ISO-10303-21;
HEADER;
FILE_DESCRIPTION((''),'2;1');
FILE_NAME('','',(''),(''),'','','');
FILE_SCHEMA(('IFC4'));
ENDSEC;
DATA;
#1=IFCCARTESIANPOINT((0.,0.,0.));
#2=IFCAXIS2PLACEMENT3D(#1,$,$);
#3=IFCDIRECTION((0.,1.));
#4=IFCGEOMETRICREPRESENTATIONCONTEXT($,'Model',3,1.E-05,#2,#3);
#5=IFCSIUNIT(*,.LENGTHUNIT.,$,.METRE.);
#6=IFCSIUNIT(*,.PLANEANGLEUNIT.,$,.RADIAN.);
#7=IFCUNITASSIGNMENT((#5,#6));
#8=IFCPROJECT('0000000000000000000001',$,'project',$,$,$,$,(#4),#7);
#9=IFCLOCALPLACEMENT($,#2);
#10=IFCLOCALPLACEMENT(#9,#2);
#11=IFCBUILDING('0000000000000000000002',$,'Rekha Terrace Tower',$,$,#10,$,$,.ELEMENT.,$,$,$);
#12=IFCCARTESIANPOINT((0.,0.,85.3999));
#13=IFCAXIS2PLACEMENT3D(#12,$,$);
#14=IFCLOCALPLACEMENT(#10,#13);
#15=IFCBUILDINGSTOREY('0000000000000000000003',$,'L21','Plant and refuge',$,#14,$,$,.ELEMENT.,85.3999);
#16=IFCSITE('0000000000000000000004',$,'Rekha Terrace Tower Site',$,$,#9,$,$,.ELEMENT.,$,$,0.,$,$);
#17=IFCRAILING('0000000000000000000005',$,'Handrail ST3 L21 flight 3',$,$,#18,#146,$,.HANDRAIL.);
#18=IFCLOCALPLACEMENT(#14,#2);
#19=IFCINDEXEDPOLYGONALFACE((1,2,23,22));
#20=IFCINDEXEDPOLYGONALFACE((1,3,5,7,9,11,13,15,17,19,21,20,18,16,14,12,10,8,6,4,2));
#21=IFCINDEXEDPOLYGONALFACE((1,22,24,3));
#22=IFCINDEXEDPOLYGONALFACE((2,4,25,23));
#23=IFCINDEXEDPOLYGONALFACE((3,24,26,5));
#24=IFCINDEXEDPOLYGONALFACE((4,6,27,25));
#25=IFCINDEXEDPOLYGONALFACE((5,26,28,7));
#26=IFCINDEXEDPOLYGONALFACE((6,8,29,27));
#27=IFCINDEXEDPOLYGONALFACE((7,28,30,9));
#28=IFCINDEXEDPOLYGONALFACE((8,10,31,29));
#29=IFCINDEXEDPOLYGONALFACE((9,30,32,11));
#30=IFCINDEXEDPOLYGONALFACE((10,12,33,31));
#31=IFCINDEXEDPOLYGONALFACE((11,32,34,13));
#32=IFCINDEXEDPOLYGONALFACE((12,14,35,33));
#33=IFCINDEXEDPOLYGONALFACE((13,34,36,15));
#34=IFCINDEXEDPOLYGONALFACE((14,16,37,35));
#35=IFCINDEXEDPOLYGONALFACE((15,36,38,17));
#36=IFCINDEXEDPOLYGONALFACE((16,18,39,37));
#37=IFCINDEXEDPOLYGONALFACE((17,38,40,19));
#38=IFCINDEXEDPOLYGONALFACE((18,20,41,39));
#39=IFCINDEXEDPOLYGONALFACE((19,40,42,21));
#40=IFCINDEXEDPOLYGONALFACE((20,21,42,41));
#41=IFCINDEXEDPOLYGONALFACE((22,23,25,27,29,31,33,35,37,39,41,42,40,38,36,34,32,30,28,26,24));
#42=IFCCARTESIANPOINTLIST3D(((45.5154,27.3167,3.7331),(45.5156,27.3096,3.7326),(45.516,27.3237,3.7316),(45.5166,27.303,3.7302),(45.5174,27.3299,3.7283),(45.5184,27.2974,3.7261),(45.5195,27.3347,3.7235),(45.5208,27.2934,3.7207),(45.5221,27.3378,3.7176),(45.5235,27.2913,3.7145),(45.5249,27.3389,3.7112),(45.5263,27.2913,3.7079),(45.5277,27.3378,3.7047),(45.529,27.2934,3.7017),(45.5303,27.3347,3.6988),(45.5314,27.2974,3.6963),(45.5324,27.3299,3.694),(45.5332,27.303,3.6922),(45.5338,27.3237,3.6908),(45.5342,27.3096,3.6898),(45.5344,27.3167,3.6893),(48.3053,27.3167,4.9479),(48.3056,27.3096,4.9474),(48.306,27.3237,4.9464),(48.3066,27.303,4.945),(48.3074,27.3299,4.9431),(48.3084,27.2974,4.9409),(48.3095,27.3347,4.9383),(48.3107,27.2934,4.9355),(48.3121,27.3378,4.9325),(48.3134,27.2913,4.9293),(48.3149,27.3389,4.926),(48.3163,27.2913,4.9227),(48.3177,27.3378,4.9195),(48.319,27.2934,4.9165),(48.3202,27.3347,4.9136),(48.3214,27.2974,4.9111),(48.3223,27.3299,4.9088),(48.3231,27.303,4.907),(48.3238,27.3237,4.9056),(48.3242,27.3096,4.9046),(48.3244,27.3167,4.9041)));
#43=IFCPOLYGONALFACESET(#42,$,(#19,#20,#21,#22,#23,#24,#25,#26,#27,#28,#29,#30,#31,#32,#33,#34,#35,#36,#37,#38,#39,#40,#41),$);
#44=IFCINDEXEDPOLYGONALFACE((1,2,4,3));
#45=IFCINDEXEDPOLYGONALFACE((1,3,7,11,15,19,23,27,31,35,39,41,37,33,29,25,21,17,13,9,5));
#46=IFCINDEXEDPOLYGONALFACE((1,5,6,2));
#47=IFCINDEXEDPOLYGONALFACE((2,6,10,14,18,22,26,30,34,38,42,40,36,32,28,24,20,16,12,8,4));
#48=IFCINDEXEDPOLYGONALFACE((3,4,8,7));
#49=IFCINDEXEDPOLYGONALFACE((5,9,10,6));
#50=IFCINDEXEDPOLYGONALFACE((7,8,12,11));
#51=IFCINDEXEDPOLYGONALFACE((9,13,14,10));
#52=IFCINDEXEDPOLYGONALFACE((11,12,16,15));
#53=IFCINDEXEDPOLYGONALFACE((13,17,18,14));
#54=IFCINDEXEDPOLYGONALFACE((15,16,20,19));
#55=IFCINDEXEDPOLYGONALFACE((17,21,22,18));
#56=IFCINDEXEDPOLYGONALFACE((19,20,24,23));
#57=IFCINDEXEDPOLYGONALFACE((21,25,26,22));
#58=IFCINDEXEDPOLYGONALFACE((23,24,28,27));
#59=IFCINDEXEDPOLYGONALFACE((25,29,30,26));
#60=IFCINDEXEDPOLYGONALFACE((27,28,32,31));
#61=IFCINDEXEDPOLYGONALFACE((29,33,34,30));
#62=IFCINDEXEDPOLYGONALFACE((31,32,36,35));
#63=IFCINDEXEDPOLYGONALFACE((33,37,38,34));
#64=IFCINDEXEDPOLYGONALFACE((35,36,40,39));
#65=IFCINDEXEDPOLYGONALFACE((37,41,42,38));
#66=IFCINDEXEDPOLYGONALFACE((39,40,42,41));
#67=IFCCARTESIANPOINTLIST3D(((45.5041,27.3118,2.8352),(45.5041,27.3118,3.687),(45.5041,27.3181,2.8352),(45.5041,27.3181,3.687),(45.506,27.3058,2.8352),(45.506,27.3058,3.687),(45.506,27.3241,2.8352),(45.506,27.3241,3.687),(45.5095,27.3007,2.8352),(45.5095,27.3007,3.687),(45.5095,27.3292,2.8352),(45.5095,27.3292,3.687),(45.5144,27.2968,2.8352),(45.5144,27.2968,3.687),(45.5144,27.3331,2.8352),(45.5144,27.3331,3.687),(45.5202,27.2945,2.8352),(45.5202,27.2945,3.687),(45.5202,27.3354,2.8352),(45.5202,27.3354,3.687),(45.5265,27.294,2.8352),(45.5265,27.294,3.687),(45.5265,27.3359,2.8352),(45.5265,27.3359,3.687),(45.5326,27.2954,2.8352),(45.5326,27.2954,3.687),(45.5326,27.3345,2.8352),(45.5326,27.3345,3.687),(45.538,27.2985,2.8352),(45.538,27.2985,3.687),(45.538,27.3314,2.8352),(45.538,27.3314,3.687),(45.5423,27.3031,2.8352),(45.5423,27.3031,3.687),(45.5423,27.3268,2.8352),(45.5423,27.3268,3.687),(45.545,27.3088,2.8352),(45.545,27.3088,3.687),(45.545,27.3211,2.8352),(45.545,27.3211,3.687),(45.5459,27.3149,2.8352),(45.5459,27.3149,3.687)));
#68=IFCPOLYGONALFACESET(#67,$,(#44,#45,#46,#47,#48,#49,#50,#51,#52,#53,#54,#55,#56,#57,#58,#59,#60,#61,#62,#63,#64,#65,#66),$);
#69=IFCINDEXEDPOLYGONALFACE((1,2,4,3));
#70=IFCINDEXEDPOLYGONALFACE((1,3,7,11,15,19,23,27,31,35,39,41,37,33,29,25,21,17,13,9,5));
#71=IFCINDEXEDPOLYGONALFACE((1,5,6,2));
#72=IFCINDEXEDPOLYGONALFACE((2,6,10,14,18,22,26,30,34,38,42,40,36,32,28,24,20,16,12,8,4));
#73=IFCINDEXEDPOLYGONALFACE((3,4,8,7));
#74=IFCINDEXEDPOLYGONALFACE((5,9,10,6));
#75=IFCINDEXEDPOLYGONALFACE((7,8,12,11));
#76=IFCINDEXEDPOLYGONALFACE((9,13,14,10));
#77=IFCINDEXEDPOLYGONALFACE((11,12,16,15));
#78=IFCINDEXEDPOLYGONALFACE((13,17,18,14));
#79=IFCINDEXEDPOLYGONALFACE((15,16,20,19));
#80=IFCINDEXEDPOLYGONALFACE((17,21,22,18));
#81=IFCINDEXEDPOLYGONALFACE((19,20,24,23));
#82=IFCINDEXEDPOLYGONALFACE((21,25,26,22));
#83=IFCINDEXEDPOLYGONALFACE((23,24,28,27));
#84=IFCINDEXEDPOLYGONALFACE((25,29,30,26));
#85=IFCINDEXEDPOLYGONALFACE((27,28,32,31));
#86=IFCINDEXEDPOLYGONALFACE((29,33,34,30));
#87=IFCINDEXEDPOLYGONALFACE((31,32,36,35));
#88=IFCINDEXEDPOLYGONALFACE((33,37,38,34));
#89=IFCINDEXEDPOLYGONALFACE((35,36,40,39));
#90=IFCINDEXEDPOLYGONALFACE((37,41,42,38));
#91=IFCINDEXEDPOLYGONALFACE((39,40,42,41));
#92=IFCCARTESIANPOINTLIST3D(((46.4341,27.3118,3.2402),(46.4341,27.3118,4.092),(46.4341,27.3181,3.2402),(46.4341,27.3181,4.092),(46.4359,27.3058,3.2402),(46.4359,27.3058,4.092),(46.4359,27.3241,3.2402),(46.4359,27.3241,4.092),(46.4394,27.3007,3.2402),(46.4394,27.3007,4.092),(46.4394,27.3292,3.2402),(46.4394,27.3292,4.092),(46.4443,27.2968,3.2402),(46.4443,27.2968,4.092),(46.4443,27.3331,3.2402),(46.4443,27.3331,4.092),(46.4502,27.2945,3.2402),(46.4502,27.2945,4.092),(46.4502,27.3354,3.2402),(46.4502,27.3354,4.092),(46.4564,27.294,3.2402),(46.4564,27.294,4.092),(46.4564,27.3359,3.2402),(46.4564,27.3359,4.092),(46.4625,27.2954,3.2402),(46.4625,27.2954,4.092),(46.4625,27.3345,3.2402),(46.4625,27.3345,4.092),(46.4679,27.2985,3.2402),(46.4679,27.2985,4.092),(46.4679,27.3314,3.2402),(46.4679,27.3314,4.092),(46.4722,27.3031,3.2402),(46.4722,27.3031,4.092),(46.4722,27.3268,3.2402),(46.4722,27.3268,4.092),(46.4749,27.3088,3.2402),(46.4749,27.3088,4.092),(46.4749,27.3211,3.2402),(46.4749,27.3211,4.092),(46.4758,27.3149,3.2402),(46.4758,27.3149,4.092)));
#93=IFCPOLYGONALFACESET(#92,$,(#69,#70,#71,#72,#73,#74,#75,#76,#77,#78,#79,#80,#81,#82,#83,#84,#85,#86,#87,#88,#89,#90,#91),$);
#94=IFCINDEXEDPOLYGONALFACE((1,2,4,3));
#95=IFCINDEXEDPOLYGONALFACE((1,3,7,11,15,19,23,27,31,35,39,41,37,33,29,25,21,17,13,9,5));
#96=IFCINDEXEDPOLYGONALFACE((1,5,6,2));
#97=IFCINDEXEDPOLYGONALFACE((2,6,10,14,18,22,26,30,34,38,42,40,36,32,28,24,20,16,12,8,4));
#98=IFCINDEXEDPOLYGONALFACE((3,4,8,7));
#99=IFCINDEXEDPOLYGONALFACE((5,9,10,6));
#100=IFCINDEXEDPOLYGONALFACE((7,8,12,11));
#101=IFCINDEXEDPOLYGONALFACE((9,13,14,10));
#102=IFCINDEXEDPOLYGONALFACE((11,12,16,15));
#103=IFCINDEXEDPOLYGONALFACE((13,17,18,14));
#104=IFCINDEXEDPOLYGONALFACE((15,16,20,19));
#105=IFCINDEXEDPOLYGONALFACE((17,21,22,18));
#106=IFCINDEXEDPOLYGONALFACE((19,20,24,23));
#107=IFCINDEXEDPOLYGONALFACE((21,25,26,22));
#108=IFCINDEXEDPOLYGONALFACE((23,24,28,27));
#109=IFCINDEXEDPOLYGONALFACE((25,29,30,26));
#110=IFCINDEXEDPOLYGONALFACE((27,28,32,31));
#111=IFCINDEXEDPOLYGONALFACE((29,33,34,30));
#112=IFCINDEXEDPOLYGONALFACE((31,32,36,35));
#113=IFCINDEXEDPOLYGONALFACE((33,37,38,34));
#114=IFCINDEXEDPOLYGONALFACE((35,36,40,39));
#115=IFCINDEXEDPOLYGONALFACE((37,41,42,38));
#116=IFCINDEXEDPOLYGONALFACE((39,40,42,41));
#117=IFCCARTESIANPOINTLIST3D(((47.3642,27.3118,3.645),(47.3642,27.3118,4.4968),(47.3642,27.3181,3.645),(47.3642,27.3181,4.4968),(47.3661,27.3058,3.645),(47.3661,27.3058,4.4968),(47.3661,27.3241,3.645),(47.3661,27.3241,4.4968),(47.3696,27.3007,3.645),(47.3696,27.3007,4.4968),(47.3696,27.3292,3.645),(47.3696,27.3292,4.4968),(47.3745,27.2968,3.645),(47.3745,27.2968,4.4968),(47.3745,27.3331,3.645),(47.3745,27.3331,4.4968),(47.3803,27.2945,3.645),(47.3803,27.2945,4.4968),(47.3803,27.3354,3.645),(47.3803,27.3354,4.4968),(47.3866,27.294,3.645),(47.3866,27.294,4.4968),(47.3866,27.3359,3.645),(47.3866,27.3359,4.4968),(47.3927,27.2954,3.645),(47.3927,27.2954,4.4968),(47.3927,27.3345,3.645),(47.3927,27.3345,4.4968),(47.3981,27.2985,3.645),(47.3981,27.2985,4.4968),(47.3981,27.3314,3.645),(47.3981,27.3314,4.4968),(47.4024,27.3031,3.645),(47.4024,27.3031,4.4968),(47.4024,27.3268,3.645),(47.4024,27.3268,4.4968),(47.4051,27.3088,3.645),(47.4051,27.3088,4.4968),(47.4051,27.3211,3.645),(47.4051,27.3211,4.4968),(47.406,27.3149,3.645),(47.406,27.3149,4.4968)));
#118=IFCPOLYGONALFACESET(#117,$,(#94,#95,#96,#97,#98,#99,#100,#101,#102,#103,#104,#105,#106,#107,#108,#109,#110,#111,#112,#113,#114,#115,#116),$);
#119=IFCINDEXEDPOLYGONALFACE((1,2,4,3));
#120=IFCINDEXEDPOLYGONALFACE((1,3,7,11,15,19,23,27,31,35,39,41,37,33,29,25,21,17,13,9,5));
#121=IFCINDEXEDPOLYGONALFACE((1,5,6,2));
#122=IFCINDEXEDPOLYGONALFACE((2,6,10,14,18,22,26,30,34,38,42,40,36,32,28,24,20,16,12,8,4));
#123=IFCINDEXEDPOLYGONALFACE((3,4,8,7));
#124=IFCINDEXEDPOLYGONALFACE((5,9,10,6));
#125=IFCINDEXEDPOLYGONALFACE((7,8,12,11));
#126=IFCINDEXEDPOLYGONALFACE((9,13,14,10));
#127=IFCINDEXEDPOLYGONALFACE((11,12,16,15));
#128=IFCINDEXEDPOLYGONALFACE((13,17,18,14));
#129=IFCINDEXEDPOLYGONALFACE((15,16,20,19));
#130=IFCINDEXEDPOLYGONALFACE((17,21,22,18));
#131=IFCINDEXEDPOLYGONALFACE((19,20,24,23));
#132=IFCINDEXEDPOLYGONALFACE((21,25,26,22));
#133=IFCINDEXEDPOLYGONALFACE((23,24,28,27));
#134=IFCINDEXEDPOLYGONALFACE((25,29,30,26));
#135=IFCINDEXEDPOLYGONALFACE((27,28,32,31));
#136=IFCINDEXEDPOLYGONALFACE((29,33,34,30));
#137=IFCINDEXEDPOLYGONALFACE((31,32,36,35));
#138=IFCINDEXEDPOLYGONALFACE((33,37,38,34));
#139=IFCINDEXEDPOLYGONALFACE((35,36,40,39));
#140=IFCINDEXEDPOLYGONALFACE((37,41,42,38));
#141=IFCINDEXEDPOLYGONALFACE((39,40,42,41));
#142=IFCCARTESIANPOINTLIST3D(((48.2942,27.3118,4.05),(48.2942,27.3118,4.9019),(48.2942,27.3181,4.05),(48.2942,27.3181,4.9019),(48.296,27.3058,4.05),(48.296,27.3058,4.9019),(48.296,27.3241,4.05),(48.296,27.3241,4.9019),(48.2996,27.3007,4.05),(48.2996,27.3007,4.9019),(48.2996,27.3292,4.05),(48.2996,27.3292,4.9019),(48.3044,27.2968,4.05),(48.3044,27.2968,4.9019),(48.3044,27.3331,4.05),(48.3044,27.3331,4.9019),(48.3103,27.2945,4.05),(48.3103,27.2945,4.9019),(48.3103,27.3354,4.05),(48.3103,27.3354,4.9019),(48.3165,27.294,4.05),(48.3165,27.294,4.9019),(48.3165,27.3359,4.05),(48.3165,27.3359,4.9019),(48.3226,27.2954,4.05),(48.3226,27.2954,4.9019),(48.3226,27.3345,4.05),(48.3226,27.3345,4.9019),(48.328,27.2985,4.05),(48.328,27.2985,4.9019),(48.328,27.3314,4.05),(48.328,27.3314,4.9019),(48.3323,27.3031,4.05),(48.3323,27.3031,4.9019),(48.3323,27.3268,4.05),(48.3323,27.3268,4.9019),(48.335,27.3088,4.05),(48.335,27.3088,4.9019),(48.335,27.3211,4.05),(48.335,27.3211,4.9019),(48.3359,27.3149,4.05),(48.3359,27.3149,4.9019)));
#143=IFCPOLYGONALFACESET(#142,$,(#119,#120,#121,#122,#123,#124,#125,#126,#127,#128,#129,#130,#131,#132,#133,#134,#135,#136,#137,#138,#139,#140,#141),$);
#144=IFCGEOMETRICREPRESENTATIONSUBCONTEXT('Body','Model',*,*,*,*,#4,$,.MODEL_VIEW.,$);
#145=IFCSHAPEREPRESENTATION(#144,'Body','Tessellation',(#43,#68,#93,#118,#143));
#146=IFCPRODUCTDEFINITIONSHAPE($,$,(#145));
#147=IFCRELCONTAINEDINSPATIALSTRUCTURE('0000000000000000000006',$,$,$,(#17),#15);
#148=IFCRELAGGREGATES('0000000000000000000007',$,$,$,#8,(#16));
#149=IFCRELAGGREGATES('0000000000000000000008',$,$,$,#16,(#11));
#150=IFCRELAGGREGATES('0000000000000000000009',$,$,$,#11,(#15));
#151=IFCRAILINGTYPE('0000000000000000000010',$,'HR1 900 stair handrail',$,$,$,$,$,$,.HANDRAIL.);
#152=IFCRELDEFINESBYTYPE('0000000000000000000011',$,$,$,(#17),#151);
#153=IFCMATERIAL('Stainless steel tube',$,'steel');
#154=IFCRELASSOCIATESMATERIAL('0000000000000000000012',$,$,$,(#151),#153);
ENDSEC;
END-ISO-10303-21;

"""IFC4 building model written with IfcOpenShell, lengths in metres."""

from ifc_helpers import new_model, si_unit, direction, frame, origin, origin_2d, place, context, subcontext, project, spatial, circle, extrude, material, type_object, element, save


model = new_model("IFC4")

# Units and contexts
model_context = context("Model", 3, precision=1e-05, world=origin(), true_north=direction((0.0, 1.0)))
body_context = subcontext(model_context, "Body", "Model", "MODEL_VIEW")
ifc_project = project(units=[si_unit("LENGTHUNIT", "METRE"), si_unit("PLANEANGLEUNIT", "RADIAN")], contexts=[model_context])

# Site, building, storey
site_placement = place(None, origin())
site = spatial("IfcSite", under=ifc_project, at=site_placement, Name="Rekha Terrace Tower Site", CompositionType="ELEMENT", RefElevation=0.0)
building_placement = place(site_placement, origin())
building = spatial("IfcBuilding", under=site, at=building_placement, Name="Rekha Terrace Tower", CompositionType="ELEMENT")
storey_placement = place(building_placement, frame((0.0, 0.0, 85.3999)))
storey = spatial("IfcBuildingStorey", under=building, at=storey_placement, Name="L21", Description="Plant and refuge", CompositionType="ELEMENT", Elevation=85.3999)

# Railing
ifc_material_1 = material(Name="Stainless steel tube", Category="steel")
railing_type_1 = type_object("IfcRailingType", Name="HR1 900 stair handrail", PredefinedType="HANDRAIL", material=ifc_material_1)
railing_1_placement = place(storey_placement, frame((45.5249, 27.3149, 2.8352)))
element("IfcRailing", 1, at=railing_1_placement, inside=storey, type_object=railing_type_1, Name="Handrail ST3 L21 flight 3", PredefinedType="HANDRAIL", context=body_context, shape_type="SweptSolid", body=[
    extrude(circle(Radius=0.0239, at=origin_2d()), frame((0.0, 0.0, 0.876), z_axis=(0.916856, 0.0, 0.399219), x_axis=(0.0, 1.0, 0.0)), (0.0, 0.0, 1.0), 3.043),
    extrude(circle(Radius=0.021, at=origin_2d()), origin(), (0.0, 0.0, 1.0), 0.8518),
    extrude(circle(Radius=0.021, at=origin_2d()), frame((0.9299, 0.0, 0.405)), (0.0, 0.0, 1.0), 0.8518),
    extrude(circle(Radius=0.021, at=origin_2d()), frame((1.8601, 0.0, 0.8098)), (0.0, 0.0, 1.0), 0.8518),
    extrude(circle(Radius=0.021, at=origin_2d()), frame((2.79, 0.0, 1.2148)), (0.0, 0.0, 1.0), 0.8518),
])

save(model, "model.ifc")
